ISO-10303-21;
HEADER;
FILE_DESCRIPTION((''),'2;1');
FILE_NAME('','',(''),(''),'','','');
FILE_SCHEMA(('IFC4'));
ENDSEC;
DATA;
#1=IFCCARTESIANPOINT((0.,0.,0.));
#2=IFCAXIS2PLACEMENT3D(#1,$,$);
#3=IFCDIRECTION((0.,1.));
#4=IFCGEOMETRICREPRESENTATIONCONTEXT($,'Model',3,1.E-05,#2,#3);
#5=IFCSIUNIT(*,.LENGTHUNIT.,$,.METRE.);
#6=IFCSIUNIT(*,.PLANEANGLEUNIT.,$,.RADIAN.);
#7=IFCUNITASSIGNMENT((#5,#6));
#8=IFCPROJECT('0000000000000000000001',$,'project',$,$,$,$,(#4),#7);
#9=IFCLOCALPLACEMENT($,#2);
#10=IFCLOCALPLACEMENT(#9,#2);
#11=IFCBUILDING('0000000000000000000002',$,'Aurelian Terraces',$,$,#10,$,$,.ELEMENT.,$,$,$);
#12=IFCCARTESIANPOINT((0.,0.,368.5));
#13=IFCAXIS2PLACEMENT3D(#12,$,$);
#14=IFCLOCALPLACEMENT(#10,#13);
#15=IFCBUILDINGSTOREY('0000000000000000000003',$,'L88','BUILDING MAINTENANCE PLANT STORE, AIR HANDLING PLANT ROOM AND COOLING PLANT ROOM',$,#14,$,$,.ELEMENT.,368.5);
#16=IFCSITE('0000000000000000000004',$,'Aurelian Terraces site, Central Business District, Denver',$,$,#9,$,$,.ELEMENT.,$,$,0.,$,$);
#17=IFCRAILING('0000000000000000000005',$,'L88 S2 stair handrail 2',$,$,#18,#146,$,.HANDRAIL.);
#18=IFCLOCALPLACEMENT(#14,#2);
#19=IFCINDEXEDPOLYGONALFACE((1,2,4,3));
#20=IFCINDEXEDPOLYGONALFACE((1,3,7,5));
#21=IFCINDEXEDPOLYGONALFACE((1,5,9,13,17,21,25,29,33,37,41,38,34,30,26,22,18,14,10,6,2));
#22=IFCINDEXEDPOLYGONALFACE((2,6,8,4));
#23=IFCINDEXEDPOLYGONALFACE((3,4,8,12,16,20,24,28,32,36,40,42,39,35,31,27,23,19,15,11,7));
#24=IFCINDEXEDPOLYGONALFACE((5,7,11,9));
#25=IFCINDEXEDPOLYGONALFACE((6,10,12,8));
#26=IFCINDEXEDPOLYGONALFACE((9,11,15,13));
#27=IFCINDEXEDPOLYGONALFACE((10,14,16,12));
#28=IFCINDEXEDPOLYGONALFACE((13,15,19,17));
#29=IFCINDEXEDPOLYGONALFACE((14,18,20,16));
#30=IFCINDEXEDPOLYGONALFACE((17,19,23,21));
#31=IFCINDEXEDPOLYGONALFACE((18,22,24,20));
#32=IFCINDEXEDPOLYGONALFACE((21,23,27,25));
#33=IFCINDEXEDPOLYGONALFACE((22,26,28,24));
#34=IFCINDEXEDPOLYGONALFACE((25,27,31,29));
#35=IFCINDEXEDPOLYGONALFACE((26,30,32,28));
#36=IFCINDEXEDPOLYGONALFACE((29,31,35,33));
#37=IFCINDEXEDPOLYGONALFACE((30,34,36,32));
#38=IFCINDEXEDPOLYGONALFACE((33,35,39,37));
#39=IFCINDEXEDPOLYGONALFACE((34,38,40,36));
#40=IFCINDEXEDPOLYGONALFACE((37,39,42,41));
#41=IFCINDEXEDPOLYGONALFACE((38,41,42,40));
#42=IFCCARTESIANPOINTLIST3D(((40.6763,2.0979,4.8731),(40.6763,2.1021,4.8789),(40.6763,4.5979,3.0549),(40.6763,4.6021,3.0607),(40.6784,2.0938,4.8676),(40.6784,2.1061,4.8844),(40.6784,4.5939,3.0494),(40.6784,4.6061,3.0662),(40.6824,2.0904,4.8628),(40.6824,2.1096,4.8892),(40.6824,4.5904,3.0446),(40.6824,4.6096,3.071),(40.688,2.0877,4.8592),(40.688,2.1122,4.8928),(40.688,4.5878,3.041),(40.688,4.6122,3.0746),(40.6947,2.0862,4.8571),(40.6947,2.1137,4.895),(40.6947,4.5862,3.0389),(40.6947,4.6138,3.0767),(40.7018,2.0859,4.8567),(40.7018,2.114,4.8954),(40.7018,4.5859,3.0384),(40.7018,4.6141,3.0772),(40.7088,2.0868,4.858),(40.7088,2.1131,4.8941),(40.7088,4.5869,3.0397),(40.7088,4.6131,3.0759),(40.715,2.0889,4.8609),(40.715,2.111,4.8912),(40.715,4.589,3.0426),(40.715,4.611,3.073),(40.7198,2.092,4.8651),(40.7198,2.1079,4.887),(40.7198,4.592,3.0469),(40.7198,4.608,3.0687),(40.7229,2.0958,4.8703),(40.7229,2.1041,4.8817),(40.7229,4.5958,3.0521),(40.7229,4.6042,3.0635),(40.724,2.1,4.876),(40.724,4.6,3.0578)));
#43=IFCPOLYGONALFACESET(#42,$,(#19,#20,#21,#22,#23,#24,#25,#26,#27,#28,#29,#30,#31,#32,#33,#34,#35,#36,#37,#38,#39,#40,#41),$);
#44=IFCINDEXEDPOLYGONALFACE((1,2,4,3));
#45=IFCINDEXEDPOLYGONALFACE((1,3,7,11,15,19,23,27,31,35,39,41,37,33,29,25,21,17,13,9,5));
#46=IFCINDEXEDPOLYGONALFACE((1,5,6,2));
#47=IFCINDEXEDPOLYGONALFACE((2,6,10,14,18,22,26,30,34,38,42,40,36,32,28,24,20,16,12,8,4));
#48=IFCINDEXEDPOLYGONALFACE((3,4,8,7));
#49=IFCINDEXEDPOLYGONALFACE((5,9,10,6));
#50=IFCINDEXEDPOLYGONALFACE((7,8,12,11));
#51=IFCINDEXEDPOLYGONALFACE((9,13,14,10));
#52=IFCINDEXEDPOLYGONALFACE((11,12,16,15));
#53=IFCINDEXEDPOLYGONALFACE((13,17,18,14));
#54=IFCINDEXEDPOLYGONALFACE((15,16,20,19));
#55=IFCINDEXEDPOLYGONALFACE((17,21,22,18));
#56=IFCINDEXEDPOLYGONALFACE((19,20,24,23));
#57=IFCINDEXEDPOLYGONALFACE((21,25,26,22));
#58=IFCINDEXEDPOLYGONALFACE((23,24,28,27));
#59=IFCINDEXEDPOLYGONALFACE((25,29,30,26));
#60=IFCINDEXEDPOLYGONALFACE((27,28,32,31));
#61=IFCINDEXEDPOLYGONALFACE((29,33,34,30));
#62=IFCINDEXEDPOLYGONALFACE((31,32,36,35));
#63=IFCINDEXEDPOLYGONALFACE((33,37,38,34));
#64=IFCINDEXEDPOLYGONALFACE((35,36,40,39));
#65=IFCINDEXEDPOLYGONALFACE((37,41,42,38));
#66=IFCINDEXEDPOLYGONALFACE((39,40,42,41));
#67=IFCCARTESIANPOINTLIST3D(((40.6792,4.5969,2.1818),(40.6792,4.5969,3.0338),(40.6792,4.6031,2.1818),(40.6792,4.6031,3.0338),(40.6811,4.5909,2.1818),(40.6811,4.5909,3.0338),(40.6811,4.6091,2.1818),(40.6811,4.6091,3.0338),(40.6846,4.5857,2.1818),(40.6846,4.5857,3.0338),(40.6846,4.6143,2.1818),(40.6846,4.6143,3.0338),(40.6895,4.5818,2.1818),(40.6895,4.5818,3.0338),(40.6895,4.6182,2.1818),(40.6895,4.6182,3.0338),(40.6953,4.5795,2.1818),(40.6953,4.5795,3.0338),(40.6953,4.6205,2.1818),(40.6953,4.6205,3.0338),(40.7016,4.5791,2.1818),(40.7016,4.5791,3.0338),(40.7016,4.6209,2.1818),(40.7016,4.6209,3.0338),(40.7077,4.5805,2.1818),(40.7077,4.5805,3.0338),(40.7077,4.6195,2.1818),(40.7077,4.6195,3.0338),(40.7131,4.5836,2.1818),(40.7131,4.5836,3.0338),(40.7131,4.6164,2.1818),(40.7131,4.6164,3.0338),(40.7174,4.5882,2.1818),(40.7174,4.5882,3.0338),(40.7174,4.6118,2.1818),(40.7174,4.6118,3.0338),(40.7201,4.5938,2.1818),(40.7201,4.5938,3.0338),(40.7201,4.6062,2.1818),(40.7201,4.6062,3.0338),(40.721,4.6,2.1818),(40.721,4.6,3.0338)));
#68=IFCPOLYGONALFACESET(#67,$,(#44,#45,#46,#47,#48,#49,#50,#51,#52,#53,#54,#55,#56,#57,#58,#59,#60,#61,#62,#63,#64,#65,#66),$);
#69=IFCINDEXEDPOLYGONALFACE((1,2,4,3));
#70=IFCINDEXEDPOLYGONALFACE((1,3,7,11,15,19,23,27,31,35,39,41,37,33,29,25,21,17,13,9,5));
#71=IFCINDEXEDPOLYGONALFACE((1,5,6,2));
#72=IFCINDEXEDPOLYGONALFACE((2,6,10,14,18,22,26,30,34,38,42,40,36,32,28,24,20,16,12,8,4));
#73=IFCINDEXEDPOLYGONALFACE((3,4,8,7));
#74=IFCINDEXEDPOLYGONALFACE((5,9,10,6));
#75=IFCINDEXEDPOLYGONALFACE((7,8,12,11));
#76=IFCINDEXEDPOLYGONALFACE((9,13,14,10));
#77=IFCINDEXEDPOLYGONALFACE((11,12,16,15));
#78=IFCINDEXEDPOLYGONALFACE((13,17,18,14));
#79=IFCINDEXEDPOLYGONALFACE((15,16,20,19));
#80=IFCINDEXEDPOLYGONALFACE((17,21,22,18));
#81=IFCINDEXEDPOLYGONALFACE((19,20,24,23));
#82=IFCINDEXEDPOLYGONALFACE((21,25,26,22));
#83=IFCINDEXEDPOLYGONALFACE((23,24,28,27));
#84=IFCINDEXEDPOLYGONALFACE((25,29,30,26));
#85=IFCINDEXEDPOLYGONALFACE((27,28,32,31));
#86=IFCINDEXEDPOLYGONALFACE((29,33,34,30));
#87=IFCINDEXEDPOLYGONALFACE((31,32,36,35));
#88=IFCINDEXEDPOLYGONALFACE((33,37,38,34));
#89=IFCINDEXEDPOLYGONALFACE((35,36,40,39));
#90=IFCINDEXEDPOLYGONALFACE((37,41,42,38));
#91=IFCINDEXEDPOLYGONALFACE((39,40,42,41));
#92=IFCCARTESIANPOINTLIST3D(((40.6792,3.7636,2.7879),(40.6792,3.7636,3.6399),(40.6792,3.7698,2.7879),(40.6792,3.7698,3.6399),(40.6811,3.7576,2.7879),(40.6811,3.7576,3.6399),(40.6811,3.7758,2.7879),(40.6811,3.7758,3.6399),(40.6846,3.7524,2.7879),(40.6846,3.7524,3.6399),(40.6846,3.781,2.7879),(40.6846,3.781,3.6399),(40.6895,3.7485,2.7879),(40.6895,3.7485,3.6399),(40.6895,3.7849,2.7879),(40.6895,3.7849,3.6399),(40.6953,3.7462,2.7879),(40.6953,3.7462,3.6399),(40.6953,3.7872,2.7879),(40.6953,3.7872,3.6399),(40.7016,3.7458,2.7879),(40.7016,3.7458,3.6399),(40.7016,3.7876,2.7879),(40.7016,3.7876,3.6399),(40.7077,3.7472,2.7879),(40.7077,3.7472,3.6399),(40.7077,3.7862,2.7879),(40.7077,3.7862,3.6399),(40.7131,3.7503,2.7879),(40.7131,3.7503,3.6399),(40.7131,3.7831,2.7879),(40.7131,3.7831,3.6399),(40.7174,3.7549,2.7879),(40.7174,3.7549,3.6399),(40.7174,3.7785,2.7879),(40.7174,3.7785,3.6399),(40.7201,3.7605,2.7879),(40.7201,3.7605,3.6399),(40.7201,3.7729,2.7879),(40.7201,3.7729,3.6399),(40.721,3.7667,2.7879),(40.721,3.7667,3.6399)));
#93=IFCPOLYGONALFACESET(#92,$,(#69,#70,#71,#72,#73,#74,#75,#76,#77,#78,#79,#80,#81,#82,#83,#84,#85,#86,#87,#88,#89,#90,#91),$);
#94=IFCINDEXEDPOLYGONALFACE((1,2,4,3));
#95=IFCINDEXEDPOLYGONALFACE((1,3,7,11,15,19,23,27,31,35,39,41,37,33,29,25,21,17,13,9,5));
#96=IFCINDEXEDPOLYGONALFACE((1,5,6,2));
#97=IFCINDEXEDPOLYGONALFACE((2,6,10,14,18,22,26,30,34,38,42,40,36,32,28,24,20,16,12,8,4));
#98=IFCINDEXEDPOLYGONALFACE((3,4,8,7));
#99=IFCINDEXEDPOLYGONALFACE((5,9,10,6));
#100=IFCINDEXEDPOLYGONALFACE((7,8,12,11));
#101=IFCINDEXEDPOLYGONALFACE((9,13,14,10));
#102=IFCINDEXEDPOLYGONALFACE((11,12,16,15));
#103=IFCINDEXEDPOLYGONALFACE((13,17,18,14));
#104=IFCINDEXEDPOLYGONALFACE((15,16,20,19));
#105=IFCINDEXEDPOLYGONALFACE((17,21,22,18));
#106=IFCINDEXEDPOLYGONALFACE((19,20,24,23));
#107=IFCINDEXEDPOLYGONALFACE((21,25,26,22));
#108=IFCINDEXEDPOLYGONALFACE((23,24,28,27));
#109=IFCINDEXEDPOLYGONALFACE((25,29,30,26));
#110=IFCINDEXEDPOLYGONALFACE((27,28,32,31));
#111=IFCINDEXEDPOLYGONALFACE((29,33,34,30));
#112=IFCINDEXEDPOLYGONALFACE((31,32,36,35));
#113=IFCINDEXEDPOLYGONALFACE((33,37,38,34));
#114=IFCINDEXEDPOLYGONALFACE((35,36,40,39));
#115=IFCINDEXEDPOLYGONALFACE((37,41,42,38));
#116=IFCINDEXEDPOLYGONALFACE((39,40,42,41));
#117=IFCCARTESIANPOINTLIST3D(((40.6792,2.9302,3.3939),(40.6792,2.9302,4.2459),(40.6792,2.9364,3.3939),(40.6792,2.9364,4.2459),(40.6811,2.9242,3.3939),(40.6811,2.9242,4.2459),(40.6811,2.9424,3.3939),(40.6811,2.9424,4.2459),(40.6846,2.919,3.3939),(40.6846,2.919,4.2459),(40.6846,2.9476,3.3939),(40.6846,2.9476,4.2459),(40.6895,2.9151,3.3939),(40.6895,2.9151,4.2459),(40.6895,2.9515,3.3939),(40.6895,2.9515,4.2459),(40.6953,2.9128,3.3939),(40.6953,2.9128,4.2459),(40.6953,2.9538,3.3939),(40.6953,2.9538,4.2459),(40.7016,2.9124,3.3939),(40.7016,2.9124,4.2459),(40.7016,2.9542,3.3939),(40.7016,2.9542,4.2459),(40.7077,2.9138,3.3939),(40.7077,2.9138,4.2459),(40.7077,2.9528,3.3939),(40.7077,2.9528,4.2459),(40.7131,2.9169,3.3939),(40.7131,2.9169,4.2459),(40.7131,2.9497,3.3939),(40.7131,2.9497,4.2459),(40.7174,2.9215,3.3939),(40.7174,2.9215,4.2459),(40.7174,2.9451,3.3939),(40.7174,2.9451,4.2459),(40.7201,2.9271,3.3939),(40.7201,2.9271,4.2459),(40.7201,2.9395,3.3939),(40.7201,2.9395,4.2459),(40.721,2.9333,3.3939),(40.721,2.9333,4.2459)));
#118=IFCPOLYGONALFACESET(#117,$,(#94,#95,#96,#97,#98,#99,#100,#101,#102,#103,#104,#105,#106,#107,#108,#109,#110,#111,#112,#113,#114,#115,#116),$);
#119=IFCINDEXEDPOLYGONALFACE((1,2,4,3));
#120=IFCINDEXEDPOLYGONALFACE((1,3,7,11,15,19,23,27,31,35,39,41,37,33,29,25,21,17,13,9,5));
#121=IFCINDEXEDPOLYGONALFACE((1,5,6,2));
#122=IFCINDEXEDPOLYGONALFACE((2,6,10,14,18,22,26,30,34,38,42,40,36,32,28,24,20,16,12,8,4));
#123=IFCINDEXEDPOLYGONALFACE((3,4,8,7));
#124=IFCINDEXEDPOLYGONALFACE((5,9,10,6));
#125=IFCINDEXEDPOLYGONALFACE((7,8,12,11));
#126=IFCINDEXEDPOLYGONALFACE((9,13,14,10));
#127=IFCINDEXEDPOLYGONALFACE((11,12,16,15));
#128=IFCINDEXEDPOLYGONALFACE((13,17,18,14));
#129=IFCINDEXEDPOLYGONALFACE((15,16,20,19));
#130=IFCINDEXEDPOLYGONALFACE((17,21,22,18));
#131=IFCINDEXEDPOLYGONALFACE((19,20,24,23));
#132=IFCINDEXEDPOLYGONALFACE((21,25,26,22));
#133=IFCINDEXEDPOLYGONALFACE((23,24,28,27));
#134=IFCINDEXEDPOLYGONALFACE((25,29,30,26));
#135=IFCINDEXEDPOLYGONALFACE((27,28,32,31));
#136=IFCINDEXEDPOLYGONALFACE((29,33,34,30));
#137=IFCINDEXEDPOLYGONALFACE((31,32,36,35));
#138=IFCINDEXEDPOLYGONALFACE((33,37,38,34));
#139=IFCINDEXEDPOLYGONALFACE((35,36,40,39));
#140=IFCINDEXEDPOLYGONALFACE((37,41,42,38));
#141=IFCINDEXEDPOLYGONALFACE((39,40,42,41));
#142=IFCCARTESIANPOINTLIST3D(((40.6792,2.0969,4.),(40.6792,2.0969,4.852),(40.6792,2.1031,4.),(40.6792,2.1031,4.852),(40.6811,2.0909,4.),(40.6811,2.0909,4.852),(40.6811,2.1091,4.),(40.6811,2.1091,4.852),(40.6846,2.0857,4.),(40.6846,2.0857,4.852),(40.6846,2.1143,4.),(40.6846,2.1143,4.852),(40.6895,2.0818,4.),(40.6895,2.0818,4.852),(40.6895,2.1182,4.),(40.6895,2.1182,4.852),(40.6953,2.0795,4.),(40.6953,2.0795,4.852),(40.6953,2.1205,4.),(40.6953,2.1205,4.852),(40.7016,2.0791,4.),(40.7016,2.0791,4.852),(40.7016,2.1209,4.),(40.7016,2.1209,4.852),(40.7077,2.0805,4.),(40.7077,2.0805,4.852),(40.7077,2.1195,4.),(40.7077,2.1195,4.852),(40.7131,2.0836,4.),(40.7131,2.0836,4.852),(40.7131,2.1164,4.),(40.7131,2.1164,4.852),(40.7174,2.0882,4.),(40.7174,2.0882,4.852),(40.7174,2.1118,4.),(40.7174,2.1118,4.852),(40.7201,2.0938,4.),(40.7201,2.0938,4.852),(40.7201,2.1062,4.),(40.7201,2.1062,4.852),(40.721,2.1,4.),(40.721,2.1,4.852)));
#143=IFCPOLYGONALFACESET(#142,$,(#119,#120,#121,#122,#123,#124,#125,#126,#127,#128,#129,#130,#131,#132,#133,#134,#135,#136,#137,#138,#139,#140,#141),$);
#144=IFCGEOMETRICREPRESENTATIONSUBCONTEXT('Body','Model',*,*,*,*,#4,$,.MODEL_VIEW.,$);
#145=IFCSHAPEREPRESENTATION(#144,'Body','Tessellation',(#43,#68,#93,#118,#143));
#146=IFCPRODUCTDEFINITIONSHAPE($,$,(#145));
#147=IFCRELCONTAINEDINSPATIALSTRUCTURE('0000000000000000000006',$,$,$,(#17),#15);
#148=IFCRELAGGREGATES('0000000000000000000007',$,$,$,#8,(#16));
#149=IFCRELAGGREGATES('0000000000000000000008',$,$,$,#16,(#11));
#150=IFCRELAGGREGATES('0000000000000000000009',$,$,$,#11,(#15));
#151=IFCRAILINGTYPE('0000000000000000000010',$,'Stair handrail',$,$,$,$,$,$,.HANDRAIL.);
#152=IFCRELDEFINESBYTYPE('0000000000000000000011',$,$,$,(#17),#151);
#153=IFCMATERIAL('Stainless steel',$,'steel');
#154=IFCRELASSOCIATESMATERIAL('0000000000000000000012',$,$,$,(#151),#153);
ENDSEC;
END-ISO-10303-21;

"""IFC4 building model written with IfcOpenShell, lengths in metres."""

from ifc_helpers import new_model, si_unit, direction, frame, origin, origin_2d, place, context, subcontext, project, spatial, circle, extrude, source, transform, mapped, material, type_object, element, save


model = new_model("IFC4")

# Units and contexts
model_context = context("Model", 3, precision=1e-05, world=origin(), true_north=direction((0.0, 1.0)))
body_context = subcontext(model_context, "Body", "Model", "MODEL_VIEW")
ifc_project = project(units=[si_unit("LENGTHUNIT", "METRE"), si_unit("PLANEANGLEUNIT", "RADIAN")], contexts=[model_context])

# Site, building, storey
site_placement = place(None, origin())
site = spatial("IfcSite", under=ifc_project, at=site_placement, Name="Aurelian Terraces site, Central Business District, Denver", CompositionType="ELEMENT", RefElevation=0.0)
building_placement = place(site_placement, origin())
building = spatial("IfcBuilding", under=site, at=building_placement, Name="Aurelian Terraces", CompositionType="ELEMENT")
storey_placement = place(building_placement, frame((0.0, 0.0, 368.5)))
storey = spatial("IfcBuildingStorey", under=building, at=storey_placement, Name="L88", Description="BUILDING MAINTENANCE PLANT STORE, AIR HANDLING PLANT ROOM AND COOLING PLANT ROOM", CompositionType="ELEMENT", Elevation=368.5)

# Railing
ifc_material_1 = material(Name="Stainless steel", Category="steel")
railing_type_1 = type_object("IfcRailingType", Name="Stair handrail", PredefinedType="HANDRAIL", material=ifc_material_1)
shared_shape_1 = source(origin(), body_context, "Body", "SweptSolid", [
    extrude(circle(Radius=0.024, at=origin_2d()), frame((0.0, 0.0, 0.876), z_axis=(0.0, -0.808733, 0.588176), x_axis=(1.0, 0.0, 0.0)), (0.0, 0.0, 1.0), 3.0913),
    extrude(circle(Radius=0.021, at=origin_2d()), origin(), (0.0, 0.0, 1.0), 0.852),
    extrude(circle(Radius=0.021, at=origin_2d()), frame((0.0, -0.8333, 0.6061)), (0.0, 0.0, 1.0), 0.852),
    extrude(circle(Radius=0.021, at=origin_2d()), frame((0.0, -1.6667, 1.2121)), (0.0, 0.0, 1.0), 0.852),
    extrude(circle(Radius=0.021, at=origin_2d()), frame((0.0, -2.5, 1.8182)), (0.0, 0.0, 1.0), 0.852),
])
railing_1_placement = place(storey_placement, frame((40.7, 4.6, 2.1818)))
element("IfcRailing", 1, at=railing_1_placement, inside=storey, type_object=railing_type_1, Name="L88 S2 stair handrail 2", PredefinedType="HANDRAIL", context=body_context, shape_type="MappedRepresentation", body=[
    mapped(shared_shape_1, transform((0.0, 0.0, 0.0), scale=1.0)),
])

save(model, "model.ifc")
